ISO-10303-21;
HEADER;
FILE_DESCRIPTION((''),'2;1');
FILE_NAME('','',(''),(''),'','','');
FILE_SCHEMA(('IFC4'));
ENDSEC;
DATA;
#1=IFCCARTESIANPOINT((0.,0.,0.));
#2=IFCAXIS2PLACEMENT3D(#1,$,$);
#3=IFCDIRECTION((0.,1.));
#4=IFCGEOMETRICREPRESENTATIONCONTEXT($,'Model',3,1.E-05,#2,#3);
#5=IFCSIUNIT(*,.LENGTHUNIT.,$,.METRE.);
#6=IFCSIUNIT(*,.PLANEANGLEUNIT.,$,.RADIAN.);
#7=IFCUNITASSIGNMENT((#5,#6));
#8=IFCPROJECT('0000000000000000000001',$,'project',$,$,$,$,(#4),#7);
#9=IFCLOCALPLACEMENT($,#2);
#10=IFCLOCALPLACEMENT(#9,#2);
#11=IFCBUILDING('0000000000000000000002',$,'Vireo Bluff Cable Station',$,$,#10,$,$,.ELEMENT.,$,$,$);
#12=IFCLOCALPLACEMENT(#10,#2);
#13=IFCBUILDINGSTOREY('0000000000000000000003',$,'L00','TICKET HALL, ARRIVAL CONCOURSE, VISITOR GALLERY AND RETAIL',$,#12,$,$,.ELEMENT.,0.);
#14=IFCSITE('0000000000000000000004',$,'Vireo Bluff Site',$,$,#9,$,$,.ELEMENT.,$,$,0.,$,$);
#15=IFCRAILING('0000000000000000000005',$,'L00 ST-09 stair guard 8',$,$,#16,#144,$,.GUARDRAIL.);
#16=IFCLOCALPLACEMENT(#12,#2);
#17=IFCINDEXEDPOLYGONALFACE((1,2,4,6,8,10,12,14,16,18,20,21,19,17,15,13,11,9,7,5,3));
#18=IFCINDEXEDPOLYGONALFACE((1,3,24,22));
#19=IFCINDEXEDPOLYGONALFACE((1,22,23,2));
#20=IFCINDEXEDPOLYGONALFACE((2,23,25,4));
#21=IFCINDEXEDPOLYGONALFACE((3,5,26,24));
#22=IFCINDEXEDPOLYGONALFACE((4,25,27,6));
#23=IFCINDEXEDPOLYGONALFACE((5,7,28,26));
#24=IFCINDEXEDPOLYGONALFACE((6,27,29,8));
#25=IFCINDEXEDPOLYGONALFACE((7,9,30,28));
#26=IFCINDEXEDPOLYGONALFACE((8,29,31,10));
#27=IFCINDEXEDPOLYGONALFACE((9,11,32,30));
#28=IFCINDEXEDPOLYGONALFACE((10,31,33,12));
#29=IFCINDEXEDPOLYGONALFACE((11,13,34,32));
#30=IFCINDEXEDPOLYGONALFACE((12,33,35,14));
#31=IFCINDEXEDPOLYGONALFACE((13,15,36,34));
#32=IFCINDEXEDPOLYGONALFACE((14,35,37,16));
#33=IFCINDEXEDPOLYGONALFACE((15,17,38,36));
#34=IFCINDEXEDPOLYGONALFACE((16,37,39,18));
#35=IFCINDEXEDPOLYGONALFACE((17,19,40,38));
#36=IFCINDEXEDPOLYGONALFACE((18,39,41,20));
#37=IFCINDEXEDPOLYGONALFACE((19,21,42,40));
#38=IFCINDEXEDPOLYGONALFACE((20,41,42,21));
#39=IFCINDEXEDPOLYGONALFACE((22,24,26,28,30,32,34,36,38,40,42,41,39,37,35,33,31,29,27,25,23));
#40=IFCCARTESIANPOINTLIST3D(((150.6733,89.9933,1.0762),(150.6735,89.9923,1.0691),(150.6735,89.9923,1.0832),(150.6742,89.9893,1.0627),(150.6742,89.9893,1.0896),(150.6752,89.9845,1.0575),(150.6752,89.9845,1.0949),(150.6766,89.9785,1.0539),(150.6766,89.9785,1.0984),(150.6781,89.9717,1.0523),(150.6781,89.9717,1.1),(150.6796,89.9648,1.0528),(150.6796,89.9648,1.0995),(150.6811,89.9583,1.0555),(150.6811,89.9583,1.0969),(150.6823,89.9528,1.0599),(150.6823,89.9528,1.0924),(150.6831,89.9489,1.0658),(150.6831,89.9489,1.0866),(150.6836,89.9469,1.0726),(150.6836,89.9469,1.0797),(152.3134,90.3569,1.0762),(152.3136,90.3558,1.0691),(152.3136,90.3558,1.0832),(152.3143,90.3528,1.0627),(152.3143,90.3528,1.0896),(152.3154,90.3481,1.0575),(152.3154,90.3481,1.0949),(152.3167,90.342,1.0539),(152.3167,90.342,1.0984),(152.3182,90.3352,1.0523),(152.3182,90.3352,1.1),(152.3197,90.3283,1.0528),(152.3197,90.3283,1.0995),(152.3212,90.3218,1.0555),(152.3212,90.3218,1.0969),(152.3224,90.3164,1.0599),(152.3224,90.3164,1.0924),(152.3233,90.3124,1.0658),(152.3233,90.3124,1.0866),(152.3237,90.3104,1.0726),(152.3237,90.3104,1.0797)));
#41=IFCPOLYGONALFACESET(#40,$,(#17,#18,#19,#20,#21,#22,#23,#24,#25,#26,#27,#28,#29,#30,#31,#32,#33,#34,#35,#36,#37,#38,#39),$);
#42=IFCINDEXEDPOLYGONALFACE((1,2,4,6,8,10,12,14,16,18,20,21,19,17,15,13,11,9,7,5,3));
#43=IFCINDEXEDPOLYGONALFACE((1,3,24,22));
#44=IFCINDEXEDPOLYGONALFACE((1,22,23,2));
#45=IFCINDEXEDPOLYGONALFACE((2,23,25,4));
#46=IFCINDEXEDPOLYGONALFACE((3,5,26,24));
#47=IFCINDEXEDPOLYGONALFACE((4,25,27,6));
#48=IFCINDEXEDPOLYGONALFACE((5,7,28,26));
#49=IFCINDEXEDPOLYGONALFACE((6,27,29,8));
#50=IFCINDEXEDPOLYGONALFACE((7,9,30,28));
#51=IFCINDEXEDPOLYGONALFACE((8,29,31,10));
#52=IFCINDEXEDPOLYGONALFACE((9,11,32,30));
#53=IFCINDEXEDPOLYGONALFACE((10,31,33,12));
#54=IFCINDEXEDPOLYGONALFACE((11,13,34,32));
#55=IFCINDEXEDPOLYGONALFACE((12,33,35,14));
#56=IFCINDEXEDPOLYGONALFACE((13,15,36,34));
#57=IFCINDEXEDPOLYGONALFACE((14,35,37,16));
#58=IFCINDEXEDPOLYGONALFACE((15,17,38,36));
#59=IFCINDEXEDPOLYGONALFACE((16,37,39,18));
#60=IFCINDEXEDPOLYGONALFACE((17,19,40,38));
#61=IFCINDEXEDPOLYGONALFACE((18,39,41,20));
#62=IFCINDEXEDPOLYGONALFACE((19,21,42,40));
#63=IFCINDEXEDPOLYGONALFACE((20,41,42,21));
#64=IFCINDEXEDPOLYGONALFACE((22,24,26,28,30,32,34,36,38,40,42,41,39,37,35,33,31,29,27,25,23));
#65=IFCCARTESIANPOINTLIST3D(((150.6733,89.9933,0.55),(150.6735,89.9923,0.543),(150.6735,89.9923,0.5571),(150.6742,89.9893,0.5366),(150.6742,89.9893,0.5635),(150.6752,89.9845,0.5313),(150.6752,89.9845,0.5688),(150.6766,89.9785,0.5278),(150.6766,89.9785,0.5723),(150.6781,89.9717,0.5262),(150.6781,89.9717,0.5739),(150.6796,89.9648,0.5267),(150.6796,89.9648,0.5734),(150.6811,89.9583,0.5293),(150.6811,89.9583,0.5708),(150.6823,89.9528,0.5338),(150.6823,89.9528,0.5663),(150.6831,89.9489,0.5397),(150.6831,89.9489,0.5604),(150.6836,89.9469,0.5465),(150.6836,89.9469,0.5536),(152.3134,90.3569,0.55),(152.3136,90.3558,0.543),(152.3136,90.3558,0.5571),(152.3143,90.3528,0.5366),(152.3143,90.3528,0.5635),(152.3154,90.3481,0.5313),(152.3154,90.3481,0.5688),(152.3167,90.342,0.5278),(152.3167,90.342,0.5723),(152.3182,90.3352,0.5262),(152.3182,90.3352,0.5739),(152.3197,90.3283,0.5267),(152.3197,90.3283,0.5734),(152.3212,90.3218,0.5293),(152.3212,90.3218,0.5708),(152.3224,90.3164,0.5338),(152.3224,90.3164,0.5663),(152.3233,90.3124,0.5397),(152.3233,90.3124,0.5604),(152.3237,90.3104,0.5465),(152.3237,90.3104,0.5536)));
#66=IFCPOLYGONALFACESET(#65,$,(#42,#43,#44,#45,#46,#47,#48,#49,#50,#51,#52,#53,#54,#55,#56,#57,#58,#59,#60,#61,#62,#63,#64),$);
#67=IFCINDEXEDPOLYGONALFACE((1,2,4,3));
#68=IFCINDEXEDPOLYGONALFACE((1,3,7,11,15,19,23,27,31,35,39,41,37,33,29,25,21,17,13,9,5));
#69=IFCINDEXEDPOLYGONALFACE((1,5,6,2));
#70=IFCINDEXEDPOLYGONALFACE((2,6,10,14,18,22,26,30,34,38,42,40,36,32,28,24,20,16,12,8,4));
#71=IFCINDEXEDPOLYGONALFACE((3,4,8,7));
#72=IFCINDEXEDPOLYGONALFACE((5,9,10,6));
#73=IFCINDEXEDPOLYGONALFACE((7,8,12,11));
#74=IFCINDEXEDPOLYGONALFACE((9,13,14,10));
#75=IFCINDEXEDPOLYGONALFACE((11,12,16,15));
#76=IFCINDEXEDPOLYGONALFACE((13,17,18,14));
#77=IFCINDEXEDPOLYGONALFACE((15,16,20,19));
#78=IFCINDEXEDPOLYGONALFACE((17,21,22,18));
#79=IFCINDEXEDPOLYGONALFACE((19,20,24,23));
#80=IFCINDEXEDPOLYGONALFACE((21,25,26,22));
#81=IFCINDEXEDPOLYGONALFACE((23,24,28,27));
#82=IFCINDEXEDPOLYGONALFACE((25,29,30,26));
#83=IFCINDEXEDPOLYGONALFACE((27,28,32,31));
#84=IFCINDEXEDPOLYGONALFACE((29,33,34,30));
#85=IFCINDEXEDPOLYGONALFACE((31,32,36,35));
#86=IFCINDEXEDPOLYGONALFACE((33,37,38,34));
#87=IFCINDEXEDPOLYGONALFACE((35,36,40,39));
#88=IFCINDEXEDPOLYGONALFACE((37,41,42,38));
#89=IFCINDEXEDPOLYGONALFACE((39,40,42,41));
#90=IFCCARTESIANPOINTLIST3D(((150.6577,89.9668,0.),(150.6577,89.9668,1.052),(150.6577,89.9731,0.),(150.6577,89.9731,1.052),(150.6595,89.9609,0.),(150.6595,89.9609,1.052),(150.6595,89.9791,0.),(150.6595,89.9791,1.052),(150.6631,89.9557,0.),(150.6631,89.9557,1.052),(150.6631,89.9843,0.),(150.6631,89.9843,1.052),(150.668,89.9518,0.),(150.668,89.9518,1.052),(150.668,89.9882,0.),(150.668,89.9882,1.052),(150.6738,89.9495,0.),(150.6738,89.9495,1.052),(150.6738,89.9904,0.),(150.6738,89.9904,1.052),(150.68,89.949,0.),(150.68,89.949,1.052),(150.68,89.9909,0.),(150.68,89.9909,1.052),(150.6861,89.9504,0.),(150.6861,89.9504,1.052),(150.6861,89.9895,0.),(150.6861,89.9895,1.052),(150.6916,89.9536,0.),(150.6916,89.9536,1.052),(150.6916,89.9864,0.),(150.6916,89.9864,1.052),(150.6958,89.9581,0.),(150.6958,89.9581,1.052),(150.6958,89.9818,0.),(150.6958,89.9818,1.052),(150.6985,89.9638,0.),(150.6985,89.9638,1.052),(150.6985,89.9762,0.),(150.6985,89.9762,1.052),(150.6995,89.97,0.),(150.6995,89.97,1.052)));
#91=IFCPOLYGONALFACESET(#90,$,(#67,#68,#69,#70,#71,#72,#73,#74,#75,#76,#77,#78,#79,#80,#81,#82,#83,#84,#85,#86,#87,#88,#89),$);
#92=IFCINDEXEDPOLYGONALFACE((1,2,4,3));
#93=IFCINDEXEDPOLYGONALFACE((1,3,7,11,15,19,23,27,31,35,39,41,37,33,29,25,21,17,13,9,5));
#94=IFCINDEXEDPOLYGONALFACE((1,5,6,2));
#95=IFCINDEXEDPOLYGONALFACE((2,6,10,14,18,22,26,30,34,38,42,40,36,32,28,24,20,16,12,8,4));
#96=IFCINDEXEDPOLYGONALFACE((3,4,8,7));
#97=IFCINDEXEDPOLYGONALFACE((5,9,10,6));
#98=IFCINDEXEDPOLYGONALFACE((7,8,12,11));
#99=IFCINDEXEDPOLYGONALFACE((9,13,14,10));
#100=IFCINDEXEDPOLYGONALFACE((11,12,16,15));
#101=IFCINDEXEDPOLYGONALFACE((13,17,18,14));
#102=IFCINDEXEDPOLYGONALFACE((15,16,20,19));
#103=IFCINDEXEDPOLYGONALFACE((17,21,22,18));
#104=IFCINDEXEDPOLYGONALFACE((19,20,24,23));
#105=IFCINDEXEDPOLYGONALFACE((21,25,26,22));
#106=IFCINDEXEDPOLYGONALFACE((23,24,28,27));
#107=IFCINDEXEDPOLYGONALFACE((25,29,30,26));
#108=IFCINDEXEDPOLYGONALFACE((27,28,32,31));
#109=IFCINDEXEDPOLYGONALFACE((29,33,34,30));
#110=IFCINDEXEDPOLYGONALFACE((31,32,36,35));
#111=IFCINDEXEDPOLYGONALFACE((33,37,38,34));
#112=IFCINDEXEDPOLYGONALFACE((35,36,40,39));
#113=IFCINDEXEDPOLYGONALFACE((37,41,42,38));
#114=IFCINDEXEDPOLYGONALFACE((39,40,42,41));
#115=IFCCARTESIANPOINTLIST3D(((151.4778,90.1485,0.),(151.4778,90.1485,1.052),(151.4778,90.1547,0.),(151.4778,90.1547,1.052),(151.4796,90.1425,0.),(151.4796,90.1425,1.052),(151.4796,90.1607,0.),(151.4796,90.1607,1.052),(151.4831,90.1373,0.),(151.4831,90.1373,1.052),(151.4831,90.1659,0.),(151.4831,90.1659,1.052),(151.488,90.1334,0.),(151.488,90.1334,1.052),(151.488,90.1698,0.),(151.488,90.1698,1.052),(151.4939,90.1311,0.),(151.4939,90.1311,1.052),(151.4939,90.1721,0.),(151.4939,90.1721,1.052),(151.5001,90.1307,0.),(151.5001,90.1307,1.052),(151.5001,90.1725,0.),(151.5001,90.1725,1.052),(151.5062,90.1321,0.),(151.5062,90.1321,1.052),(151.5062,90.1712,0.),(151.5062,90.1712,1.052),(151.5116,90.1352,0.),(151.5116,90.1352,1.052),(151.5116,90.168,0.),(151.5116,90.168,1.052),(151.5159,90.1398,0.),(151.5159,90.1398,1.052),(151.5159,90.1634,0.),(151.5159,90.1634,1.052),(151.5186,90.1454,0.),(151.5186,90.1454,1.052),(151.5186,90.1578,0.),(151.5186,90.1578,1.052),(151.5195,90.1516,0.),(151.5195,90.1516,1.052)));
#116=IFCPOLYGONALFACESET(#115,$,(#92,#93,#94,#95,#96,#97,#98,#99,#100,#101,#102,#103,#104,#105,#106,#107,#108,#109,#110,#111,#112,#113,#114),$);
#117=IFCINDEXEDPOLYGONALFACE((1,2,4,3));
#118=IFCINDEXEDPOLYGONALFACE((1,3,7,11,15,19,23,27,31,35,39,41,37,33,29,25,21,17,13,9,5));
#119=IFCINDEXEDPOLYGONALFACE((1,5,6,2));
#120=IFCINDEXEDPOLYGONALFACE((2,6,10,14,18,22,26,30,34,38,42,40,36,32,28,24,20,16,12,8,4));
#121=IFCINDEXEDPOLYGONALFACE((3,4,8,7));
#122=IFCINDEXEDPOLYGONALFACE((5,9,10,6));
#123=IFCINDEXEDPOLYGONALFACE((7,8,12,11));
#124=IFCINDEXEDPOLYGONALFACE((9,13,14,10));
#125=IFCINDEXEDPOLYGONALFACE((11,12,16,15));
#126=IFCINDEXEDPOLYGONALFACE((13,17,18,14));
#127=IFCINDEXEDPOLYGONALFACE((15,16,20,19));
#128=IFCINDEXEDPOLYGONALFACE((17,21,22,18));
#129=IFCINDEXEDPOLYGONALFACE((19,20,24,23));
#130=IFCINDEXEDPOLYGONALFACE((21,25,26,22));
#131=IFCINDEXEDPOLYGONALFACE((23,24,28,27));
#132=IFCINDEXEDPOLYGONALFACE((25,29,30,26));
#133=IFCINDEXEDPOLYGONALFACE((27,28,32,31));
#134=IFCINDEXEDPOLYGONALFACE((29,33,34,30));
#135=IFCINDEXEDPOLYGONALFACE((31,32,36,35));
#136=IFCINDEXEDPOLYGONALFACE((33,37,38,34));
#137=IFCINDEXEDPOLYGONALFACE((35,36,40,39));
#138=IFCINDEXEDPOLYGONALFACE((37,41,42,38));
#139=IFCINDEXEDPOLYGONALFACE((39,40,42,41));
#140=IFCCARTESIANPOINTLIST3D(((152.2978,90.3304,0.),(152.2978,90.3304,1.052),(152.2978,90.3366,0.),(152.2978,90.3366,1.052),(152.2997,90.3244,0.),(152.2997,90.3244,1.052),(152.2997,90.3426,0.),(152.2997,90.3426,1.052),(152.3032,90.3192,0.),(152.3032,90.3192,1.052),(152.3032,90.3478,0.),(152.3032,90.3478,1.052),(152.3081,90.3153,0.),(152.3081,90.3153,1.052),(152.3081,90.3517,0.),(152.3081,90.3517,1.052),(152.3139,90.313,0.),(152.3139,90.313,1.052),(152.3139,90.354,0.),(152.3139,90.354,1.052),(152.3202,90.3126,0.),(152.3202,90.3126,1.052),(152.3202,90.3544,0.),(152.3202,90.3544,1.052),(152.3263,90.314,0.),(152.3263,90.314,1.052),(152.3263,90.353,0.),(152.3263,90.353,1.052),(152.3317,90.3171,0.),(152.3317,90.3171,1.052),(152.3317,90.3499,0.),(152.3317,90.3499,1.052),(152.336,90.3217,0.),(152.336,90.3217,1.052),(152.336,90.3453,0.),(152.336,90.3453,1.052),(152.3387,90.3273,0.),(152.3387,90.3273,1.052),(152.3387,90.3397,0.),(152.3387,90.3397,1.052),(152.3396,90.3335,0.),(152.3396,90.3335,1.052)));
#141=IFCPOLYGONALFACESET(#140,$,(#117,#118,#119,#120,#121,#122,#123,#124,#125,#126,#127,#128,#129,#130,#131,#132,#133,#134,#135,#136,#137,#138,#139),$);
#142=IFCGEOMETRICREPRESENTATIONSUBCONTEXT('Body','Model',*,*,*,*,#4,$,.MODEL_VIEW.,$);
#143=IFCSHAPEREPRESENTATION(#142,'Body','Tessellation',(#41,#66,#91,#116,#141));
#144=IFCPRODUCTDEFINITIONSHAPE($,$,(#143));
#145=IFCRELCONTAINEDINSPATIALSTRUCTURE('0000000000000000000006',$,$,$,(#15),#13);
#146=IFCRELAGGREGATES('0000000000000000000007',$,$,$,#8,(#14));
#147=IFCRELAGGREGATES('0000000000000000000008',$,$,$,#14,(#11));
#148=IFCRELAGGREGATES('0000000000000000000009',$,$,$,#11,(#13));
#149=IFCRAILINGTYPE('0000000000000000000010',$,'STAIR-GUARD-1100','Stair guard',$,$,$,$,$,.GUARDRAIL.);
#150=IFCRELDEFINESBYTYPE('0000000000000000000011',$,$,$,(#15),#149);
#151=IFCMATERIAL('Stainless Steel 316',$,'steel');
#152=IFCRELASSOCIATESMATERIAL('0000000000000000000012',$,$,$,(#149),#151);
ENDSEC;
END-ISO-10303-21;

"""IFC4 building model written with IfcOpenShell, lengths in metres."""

from ifc_helpers import new_model, si_unit, direction, frame, origin, origin_2d, place, context, subcontext, project, spatial, circle, extrude, material, type_object, element, save


model = new_model("IFC4")

# Units and contexts
model_context = context("Model", 3, precision=1e-05, world=origin(), true_north=direction((0.0, 1.0)))
body_context = subcontext(model_context, "Body", "Model", "MODEL_VIEW")
ifc_project = project(units=[si_unit("LENGTHUNIT", "METRE"), si_unit("PLANEANGLEUNIT", "RADIAN")], contexts=[model_context])

# Site, building, storey
site_placement = place(None, origin())
site = spatial("IfcSite", under=ifc_project, at=site_placement, Name="Vireo Bluff Site", CompositionType="ELEMENT", RefElevation=0.0)
building_placement = place(site_placement, origin())
building = spatial("IfcBuilding", under=site, at=building_placement, Name="Vireo Bluff Cable Station", CompositionType="ELEMENT")
storey_placement = place(building_placement, origin())
storey = spatial("IfcBuildingStorey", under=building, at=storey_placement, Name="L00", Description="TICKET HALL, ARRIVAL CONCOURSE, VISITOR GALLERY AND RETAIL", CompositionType="ELEMENT", Elevation=0.0)

# Railing
ifc_material_1 = material(Name="Stainless Steel 316", Category="steel")
railing_type_1 = type_object("IfcRailingType", Name="STAIR-GUARD-1100", Description="Stair guard", PredefinedType="GUARDRAIL", material=ifc_material_1)
railing_1_placement = place(storey_placement, frame((150.6785, 89.97, 0.0)))
element("IfcRailing", 1, at=railing_1_placement, inside=storey, type_object=railing_type_1, Name="L00 ST-09 stair guard 8", PredefinedType="GUARDRAIL", context=body_context, shape_type="SweptSolid", body=[
    extrude(circle(Radius=0.0239, at=origin_2d()), frame((0.0, 0.0, 1.0762), z_axis=(0.976307, 0.216392, 0.0), x_axis=(-0.216392, 0.976307, 0.0)), (0.0, 0.0, 1.0), 1.6799),
    extrude(circle(Radius=0.0239, at=origin_2d()), frame((0.0, 0.0, 0.55), z_axis=(0.976307, 0.216392, 0.0), x_axis=(-0.216392, 0.976307, 0.0)), (0.0, 0.0, 1.0), 1.6799),
    extrude(circle(Radius=0.021, at=origin_2d()), origin(), (0.0, 0.0, 1.0), 1.052),
    extrude(circle(Radius=0.021, at=origin_2d()), frame((0.8201, 0.1816, 0.0)), (0.0, 0.0, 1.0), 1.052),
    extrude(circle(Radius=0.021, at=origin_2d()), frame((1.6401, 0.3635, 0.0)), (0.0, 0.0, 1.0), 1.052),
])

save(model, "model.ifc")
